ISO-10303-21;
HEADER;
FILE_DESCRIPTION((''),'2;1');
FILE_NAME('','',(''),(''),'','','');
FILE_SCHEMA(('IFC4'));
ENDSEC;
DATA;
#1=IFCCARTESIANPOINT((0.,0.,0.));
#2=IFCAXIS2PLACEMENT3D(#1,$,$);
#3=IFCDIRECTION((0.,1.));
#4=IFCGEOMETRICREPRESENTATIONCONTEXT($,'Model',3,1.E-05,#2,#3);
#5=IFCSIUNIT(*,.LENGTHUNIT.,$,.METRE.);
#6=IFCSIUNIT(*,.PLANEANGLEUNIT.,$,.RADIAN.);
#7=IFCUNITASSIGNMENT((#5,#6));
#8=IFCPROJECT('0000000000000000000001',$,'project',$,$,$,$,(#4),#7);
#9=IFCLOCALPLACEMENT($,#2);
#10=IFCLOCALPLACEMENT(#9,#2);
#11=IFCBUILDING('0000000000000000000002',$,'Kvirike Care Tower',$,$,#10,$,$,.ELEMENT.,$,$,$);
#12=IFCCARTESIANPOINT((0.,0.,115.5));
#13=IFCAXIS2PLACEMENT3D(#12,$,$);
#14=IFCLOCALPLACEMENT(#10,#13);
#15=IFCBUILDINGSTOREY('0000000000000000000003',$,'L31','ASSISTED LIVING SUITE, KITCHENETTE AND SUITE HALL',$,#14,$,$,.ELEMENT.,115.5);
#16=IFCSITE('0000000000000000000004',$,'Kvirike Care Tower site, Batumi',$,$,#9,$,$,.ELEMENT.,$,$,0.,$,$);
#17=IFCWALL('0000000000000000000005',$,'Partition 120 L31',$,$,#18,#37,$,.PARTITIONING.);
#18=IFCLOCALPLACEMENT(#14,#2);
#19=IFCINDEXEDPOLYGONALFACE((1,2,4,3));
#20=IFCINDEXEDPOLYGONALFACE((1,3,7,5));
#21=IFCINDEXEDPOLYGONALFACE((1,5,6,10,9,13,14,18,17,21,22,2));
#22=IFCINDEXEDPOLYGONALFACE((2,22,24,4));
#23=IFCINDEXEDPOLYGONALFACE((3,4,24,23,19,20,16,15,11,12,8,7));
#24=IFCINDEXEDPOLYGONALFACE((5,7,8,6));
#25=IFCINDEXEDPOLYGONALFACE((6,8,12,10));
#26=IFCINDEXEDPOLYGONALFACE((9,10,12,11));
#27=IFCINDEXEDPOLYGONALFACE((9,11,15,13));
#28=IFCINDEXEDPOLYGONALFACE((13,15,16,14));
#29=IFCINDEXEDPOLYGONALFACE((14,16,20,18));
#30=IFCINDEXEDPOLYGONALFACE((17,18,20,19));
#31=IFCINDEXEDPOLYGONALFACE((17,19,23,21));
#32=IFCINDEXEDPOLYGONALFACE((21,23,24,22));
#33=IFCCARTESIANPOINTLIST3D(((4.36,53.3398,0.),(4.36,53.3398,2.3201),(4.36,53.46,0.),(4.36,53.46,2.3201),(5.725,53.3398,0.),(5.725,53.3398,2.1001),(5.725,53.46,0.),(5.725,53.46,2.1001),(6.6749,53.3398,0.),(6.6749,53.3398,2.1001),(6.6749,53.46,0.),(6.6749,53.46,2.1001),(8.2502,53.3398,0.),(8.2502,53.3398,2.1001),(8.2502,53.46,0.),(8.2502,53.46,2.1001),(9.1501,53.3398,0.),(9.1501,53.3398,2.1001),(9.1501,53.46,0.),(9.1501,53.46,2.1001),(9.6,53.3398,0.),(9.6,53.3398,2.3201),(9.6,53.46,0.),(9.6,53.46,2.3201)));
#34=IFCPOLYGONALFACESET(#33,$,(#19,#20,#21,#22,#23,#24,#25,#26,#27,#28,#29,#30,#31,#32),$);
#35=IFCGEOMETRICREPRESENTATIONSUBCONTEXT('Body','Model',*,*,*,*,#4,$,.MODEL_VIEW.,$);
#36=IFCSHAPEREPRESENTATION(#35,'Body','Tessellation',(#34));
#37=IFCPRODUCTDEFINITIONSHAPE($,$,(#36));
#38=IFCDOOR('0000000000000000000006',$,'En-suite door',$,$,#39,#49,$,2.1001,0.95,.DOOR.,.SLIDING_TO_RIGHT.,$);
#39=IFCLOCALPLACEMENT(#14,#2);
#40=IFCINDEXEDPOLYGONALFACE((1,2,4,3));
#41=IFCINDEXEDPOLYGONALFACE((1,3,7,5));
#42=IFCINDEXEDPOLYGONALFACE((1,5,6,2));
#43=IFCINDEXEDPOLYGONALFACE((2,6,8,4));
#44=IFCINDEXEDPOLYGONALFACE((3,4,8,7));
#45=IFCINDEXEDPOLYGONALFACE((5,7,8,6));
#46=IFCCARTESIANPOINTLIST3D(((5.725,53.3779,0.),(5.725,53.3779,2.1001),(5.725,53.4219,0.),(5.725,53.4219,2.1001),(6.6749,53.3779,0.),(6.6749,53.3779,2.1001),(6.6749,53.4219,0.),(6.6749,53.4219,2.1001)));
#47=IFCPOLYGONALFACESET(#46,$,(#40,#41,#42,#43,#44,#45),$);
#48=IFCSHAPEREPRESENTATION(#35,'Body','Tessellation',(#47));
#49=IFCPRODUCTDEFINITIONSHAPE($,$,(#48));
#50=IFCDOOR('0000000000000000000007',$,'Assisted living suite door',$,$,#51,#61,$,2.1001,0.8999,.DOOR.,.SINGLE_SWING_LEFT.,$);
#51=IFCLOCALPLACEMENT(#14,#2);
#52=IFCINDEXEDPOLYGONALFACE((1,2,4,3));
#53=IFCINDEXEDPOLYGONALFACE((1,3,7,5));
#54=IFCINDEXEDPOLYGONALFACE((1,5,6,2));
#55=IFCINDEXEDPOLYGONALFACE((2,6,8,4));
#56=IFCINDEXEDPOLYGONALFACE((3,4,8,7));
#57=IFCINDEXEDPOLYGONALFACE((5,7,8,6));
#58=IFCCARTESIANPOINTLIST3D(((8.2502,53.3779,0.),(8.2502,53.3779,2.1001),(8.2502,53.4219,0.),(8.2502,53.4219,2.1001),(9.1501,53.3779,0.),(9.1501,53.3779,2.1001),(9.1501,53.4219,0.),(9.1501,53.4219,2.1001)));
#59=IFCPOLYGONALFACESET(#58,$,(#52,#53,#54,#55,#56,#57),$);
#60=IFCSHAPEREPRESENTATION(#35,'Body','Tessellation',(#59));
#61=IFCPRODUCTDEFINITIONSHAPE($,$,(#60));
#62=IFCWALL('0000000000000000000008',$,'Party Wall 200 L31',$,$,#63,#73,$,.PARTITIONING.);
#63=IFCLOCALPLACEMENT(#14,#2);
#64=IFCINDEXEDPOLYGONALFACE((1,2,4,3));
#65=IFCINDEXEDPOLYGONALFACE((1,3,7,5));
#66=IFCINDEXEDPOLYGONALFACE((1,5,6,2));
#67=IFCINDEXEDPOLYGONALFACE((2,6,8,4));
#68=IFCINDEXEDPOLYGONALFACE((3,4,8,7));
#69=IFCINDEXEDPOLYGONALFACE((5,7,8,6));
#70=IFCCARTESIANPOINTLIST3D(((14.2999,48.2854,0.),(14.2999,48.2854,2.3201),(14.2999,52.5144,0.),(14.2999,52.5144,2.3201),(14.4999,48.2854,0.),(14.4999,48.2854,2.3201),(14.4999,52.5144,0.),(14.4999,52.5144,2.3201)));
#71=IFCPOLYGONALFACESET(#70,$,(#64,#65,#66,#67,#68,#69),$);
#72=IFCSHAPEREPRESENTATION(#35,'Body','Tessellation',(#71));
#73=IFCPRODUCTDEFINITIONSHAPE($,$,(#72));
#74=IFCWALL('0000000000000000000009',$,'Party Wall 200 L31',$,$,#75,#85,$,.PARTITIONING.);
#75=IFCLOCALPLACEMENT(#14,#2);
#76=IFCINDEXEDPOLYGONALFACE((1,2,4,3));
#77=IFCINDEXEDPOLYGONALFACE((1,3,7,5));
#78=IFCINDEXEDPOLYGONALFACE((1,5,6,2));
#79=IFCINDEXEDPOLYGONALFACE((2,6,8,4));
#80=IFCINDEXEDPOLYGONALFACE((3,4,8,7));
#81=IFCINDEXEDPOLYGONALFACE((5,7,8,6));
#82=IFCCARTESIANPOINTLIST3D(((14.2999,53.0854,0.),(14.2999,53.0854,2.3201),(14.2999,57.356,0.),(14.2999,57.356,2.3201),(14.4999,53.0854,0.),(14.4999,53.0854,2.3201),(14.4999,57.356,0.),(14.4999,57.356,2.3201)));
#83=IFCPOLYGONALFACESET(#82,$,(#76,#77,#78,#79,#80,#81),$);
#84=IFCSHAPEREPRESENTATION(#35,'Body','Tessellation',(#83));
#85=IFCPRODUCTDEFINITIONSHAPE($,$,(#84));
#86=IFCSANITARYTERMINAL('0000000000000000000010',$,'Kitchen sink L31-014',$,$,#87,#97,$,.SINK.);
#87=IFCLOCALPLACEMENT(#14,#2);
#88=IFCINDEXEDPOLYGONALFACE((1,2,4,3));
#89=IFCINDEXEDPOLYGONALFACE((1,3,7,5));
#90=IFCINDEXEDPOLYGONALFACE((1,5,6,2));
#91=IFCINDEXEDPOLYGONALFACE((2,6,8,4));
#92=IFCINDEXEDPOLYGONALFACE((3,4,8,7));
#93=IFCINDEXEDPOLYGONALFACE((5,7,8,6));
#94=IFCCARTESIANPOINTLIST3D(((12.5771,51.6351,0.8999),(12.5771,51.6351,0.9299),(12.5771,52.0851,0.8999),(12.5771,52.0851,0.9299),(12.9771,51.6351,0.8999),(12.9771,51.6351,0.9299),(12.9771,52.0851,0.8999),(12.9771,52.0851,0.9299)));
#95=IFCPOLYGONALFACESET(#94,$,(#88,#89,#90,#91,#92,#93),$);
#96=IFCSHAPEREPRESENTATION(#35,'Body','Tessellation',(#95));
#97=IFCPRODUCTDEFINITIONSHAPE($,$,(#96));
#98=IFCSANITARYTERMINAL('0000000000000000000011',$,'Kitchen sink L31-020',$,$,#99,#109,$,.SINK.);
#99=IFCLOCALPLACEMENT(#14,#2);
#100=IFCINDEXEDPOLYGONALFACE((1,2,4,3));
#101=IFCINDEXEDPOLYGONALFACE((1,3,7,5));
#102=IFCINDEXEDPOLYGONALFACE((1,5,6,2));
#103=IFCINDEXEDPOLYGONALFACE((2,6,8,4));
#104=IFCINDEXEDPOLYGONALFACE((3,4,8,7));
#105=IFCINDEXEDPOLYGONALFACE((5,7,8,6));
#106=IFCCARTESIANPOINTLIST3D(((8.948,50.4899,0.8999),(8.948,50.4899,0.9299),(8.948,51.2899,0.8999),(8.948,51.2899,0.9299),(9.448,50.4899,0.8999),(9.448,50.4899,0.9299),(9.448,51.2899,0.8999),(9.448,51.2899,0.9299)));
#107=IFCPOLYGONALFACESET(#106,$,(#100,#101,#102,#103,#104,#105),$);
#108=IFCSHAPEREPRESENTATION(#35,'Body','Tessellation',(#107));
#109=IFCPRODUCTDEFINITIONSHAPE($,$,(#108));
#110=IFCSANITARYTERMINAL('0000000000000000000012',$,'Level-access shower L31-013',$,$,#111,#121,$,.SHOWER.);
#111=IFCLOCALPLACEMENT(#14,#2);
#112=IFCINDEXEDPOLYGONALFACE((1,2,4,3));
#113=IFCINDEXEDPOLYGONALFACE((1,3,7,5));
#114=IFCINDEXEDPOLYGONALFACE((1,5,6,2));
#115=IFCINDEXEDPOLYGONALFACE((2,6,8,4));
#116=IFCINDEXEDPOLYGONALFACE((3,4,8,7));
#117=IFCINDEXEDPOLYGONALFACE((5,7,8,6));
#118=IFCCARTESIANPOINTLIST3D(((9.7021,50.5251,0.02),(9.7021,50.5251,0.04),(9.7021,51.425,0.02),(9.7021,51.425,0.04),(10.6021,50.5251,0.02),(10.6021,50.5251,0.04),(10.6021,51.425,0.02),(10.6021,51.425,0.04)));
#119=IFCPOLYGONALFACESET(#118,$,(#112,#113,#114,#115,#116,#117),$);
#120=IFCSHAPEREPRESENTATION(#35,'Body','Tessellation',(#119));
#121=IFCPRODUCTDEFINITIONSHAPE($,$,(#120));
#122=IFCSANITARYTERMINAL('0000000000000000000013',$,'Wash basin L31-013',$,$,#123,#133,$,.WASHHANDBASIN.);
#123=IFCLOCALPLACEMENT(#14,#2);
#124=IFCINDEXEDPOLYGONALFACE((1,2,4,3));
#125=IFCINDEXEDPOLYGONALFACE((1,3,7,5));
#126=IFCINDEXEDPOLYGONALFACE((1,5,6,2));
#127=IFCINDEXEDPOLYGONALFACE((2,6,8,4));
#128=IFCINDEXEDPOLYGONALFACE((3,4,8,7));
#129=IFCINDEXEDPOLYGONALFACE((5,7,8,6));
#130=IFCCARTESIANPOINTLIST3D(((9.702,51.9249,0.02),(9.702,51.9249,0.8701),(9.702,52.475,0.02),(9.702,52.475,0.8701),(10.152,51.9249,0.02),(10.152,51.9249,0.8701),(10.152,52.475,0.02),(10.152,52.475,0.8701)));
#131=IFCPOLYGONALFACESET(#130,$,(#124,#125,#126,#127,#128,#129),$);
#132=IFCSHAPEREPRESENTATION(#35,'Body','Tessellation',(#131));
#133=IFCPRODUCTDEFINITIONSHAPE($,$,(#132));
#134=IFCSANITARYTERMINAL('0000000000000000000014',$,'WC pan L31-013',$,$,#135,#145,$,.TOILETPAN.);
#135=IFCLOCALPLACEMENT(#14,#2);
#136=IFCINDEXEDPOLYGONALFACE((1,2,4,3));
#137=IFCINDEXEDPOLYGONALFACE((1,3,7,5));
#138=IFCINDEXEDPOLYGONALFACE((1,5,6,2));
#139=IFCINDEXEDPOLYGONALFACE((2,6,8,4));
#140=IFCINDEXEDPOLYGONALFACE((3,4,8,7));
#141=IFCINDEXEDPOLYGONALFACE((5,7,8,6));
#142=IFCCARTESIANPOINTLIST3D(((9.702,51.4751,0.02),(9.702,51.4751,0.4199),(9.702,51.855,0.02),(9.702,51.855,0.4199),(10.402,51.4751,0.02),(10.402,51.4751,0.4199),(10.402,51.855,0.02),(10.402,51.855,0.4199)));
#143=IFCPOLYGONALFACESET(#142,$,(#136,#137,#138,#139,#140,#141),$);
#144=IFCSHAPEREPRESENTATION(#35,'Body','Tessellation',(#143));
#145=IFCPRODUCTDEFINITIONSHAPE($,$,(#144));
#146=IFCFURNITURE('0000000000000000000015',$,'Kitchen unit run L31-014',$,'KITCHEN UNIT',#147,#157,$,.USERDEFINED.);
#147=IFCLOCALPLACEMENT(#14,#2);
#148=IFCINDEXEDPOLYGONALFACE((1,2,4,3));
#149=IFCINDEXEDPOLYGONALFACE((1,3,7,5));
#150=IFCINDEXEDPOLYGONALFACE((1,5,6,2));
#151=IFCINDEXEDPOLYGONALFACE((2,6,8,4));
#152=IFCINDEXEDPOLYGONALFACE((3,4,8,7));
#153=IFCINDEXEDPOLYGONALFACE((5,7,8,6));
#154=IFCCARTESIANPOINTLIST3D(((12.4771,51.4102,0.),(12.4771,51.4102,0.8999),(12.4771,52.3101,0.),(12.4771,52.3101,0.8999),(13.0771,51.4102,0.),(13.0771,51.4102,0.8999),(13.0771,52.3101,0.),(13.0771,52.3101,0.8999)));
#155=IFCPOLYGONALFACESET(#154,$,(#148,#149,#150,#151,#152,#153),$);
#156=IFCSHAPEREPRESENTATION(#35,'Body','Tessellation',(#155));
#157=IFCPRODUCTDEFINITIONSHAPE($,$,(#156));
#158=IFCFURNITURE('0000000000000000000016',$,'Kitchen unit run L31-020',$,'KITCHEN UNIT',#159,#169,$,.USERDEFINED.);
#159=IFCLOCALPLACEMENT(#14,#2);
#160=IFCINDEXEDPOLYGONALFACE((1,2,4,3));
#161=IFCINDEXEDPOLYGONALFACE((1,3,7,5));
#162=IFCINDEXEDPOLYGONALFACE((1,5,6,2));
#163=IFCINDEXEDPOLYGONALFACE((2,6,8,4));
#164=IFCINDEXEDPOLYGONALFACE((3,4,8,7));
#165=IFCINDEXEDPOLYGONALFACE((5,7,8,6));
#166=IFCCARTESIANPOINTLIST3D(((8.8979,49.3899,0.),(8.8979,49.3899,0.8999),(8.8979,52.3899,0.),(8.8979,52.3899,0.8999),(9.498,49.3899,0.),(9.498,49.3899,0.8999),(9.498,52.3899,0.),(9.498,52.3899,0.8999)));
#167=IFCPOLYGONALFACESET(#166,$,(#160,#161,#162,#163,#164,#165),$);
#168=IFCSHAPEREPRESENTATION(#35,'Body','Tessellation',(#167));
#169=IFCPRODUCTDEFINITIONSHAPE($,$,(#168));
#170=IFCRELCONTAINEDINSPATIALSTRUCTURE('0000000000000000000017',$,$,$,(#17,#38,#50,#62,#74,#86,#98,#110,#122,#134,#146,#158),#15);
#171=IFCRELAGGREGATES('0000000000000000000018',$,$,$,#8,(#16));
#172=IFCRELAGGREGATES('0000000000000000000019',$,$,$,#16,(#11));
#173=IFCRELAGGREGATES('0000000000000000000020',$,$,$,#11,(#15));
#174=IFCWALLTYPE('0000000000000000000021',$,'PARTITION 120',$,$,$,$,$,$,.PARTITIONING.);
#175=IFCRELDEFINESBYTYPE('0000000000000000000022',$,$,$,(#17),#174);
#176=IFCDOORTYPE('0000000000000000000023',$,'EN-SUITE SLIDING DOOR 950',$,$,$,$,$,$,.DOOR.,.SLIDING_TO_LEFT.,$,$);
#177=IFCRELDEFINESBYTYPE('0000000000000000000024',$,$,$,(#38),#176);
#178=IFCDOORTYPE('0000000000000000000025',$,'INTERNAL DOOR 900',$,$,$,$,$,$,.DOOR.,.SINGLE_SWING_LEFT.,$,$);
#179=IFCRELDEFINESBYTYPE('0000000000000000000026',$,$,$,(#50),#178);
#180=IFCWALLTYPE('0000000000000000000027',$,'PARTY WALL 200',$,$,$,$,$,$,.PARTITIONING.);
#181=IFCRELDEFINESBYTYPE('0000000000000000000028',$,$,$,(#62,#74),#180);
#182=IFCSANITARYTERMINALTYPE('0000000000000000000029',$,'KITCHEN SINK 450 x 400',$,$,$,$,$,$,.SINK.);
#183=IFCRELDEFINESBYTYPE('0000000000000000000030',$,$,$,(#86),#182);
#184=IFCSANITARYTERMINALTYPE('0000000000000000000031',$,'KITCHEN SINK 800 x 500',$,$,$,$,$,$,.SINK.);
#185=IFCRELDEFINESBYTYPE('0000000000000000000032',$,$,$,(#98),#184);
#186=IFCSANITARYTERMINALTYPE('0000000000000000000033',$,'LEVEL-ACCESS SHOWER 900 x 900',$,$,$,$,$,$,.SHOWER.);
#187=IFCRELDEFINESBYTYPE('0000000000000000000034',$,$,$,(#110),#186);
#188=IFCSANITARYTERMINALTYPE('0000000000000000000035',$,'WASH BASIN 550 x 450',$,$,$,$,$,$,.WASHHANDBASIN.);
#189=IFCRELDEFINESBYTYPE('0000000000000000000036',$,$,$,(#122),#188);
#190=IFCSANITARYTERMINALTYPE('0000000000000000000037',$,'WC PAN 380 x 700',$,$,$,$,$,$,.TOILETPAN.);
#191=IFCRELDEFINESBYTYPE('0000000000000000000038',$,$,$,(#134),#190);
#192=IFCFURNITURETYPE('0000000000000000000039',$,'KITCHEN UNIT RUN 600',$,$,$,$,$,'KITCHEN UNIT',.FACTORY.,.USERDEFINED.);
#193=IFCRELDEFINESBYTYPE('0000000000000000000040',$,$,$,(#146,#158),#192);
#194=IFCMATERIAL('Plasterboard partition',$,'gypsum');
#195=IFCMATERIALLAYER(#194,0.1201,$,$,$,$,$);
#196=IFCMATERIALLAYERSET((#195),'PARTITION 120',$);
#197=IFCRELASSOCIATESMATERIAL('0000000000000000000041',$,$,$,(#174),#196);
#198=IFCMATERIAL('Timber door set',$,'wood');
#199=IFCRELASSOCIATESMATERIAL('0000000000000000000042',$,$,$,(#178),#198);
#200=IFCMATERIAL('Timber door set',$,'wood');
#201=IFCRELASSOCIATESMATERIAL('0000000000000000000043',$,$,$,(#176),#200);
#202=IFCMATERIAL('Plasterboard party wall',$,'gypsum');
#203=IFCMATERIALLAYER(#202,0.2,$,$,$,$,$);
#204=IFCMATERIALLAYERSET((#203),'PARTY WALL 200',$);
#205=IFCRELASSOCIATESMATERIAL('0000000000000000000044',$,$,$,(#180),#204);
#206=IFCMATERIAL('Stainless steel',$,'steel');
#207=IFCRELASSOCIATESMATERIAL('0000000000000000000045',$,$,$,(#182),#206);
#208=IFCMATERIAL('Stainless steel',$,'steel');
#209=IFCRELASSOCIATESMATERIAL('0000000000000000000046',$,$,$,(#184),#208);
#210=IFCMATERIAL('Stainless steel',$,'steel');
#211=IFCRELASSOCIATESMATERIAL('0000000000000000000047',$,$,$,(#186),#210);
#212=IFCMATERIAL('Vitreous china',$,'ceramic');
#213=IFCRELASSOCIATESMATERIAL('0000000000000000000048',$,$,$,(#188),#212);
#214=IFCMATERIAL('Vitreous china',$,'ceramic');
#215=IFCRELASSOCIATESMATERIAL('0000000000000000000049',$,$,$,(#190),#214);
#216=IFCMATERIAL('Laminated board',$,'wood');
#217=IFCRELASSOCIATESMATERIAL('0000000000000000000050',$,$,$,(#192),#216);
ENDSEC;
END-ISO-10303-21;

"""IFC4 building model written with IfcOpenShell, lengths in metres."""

from ifc_helpers import new_model, si_unit, direction, frame, frame_2d, origin, origin_2d, place, context, subcontext, project, spatial, rectangle, extrude, material, layer, layer_set, type_object, element, fill, save


model = new_model("IFC4")

# Units and contexts
model_context = context("Model", 3, precision=1e-05, world=origin(), true_north=direction((0.0, 1.0)))
body_context = subcontext(model_context, "Body", "Model", "MODEL_VIEW")
ifc_project = project(units=[si_unit("LENGTHUNIT", "METRE"), si_unit("PLANEANGLEUNIT", "RADIAN")], contexts=[model_context])

# Site, building, storey
site_placement = place(None, origin())
site = spatial("IfcSite", under=ifc_project, at=site_placement, Name="Kvirike Care Tower site, Batumi", CompositionType="ELEMENT", RefElevation=0.0)
building_placement = place(site_placement, origin())
building = spatial("IfcBuilding", under=site, at=building_placement, Name="Kvirike Care Tower", CompositionType="ELEMENT")
storey_placement = place(building_placement, frame((0.0, 0.0, 115.5)))
storey = spatial("IfcBuildingStorey", under=building, at=storey_placement, Name="L31", Description="ASSISTED LIVING SUITE, KITCHENETTE AND SUITE HALL", CompositionType="ELEMENT", Elevation=115.5)

# Shared definitions
ifc_material_1 = material(Name="Plasterboard partition", Category="gypsum")
ifc_layer_1 = layer(ifc_material_1, 0.1201)
ifc_layer_set_1 = layer_set([ifc_layer_1], Name="PARTITION 120")
wall_type_1 = type_object("IfcWallType", Name="PARTITION 120", PredefinedType="PARTITIONING", material=ifc_layer_set_1)
ifc_material_2 = material(Name="Timber door set", Category="wood")
door_type_1 = type_object("IfcDoorType", Name="INTERNAL DOOR 900", OperationType="SINGLE_SWING_LEFT", PredefinedType="DOOR", material=ifc_material_2)

# Wall, openings, doors
wall_1_placement = place(storey_placement, frame((9.6001, 53.3999, 0.0), z_axis=(0.0, 0.0, 1.0), x_axis=(-1.0, 0.0, 0.0)))
wall_1 = element("IfcWall", 1, at=wall_1_placement, inside=storey, type_object=wall_type_1, Name="Partition 120 L31", PredefinedType="PARTITIONING", context=body_context, shape_type="SweptSolid", body=[
    extrude(rectangle(XDim=5.24, YDim=0.1201, at=frame_2d((2.6201, 0.0))), origin(), (0.0, 0.0, 1.0), 2.3201),
])
opening_1_placement = place(wall_1_placement, frame((0.45, 0.0, 0.0)))
opening_1 = element("IfcOpeningElement", 2, at=opening_1_placement, cuts=wall_1, PredefinedType="OPENING", context=body_context, shape_type="SweptSolid", body=[
    extrude(rectangle(XDim=0.8999, YDim=2.1001, at=frame_2d((0.45, 1.05))), frame((0.0, 0.0706, 0.0), z_axis=(0.0, -1.0, 0.0), x_axis=(1.0, 0.0, 0.0)), (0.0, 0.0, 1.0), 0.1411),
])
opening_2_placement = place(wall_1_placement, frame((2.925, 0.0, 0.0)))
opening_2 = element("IfcOpeningElement", 3, at=opening_2_placement, cuts=wall_1, PredefinedType="OPENING", context=body_context, shape_type="SweptSolid", body=[
    extrude(rectangle(XDim=0.95, YDim=2.1001, at=frame_2d((0.4751, 1.05))), frame((0.0, 0.0706, 0.0), z_axis=(0.0, -1.0, 0.0), x_axis=(1.0, 0.0, 0.0)), (0.0, 0.0, 1.0), 0.1411),
])
ifc_material_3 = material(Name="Timber door set", Category="wood")
door_type_2 = type_object("IfcDoorType", Name="EN-SUITE SLIDING DOOR 950", OperationType="SLIDING_TO_LEFT", PredefinedType="DOOR", material=ifc_material_3)
door_1_placement = place(opening_2_placement, origin())
door_1 = element("IfcDoor", 4, at=door_1_placement, inside=storey, type_object=door_type_2, Name="En-suite door", OperationType="SLIDING_TO_RIGHT", OverallHeight=2.1001, OverallWidth=0.95, PredefinedType="DOOR", context=body_context, shape_type="SweptSolid", body=[
    extrude(rectangle(XDim=0.95, YDim=2.1001, at=frame_2d((0.4751, 1.05))), frame((0.0, 0.022, 0.0), z_axis=(0.0, -1.0, 0.0), x_axis=(1.0, 0.0, 0.0)), (0.0, 0.0, 1.0), 0.0439),
])
fill(opening_2, door_1)
door_2_placement = place(opening_1_placement, frame((0.8999, 0.0, 0.0), z_axis=(0.0, 0.0, 1.0), x_axis=(-1.0, 0.0, 0.0)))
door_2 = element("IfcDoor", 5, at=door_2_placement, inside=storey, type_object=door_type_1, Name="Assisted living suite door", OperationType="SINGLE_SWING_LEFT", OverallHeight=2.1001, OverallWidth=0.8999, PredefinedType="DOOR", context=body_context, shape_type="SweptSolid", body=[
    extrude(rectangle(XDim=0.8999, YDim=2.1001, at=frame_2d((0.45, 1.05))), frame((0.0, 0.022, 0.0), z_axis=(0.0, -1.0, 0.0), x_axis=(1.0, 0.0, 0.0)), (0.0, 0.0, 1.0), 0.0439),
])
fill(opening_1, door_2)

# Walls
ifc_material_4 = material(Name="Plasterboard party wall", Category="gypsum")
ifc_layer_2 = layer(ifc_material_4, 0.2)
ifc_layer_set_2 = layer_set([ifc_layer_2], Name="PARTY WALL 200")
wall_type_2 = type_object("IfcWallType", Name="PARTY WALL 200", PredefinedType="PARTITIONING", material=ifc_layer_set_2)
wall_2_placement = place(storey_placement, frame((14.3999, 48.2854, 0.0), z_axis=(0.0, 0.0, 1.0), x_axis=(0.0, 1.0, 0.0)))
element("IfcWall", 6, at=wall_2_placement, inside=storey, type_object=wall_type_2, Name="Party Wall 200 L31", PredefinedType="PARTITIONING", context=body_context, shape_type="SweptSolid", body=[
    extrude(rectangle(XDim=4.229, YDim=0.2, at=frame_2d((2.1145, 0.0))), origin(), (0.0, 0.0, 1.0), 2.3201),
])
wall_3_placement = place(storey_placement, frame((14.3999, 53.0854, 0.0), z_axis=(0.0, 0.0, 1.0), x_axis=(0.0, 1.0, 0.0)))
element("IfcWall", 7, at=wall_3_placement, inside=storey, type_object=wall_type_2, Name="Party Wall 200 L31", PredefinedType="PARTITIONING", context=body_context, shape_type="SweptSolid", body=[
    extrude(rectangle(XDim=4.2705, YDim=0.2, at=frame_2d((2.1353, 0.0))), origin(), (0.0, 0.0, 1.0), 2.3201),
])

# Sanitary terminals
ifc_material_5 = material(Name="Stainless steel", Category="steel")
sanitary_terminal_type_1 = type_object("IfcSanitaryTerminalType", Name="KITCHEN SINK 450 x 400", PredefinedType="SINK", material=ifc_material_5)
sanitary_terminal_1_placement = place(storey_placement, frame((12.7771, 51.8601, 0.8999), z_axis=(0.0, 0.0, 1.0), x_axis=(0.0, 1.0, 0.0)))
element("IfcSanitaryTerminal", 8, at=sanitary_terminal_1_placement, inside=storey, type_object=sanitary_terminal_type_1, Name="Kitchen sink L31-014", PredefinedType="SINK", context=body_context, shape_type="SweptSolid", body=[
    extrude(rectangle(XDim=0.45, YDim=0.3999, at=origin_2d()), origin(), (0.0, 0.0, 1.0), 0.03),
])
ifc_material_6 = material(Name="Stainless steel", Category="steel")
sanitary_terminal_type_2 = type_object("IfcSanitaryTerminalType", Name="KITCHEN SINK 800 x 500", PredefinedType="SINK", material=ifc_material_6)
sanitary_terminal_2_placement = place(storey_placement, frame((9.198, 50.8899, 0.8999), z_axis=(0.0, 0.0, 1.0), x_axis=(0.0, -1.0, 0.0)))
element("IfcSanitaryTerminal", 9, at=sanitary_terminal_2_placement, inside=storey, type_object=sanitary_terminal_type_2, Name="Kitchen sink L31-020", PredefinedType="SINK", context=body_context, shape_type="SweptSolid", body=[
    extrude(rectangle(XDim=0.8, YDim=0.5, at=origin_2d()), origin(), (0.0, 0.0, 1.0), 0.03),
])
ifc_material_7 = material(Name="Stainless steel", Category="steel")
sanitary_terminal_type_3 = type_object("IfcSanitaryTerminalType", Name="LEVEL-ACCESS SHOWER 900 x 900", PredefinedType="SHOWER", material=ifc_material_7)
sanitary_terminal_3_placement = place(storey_placement, frame((10.1521, 50.9751, 0.02), z_axis=(0.0, 0.0, 1.0), x_axis=(0.0, 1.0, 0.0)))
element("IfcSanitaryTerminal", 10, at=sanitary_terminal_3_placement, inside=storey, type_object=sanitary_terminal_type_3, Name="Level-access shower L31-013", PredefinedType="SHOWER", context=body_context, shape_type="SweptSolid", body=[
    extrude(rectangle(XDim=0.8999, YDim=0.8999, at=origin_2d()), origin(), (0.0, 0.0, 1.0), 0.02),
])
ifc_material_8 = material(Name="Vitreous china", Category="ceramic")
sanitary_terminal_type_4 = type_object("IfcSanitaryTerminalType", Name="WASH BASIN 550 x 450", PredefinedType="WASHHANDBASIN", material=ifc_material_8)
sanitary_terminal_4_placement = place(storey_placement, frame((9.927, 52.2, 0.02), z_axis=(0.0, 0.0, 1.0), x_axis=(0.0, 1.0, 0.0)))
element("IfcSanitaryTerminal", 11, at=sanitary_terminal_4_placement, inside=storey, type_object=sanitary_terminal_type_4, Name="Wash basin L31-013", PredefinedType="WASHHANDBASIN", context=body_context, shape_type="SweptSolid", body=[
    extrude(rectangle(XDim=0.55, YDim=0.45, at=origin_2d()), origin(), (0.0, 0.0, 1.0), 0.8501),
])
ifc_material_9 = material(Name="Vitreous china", Category="ceramic")
sanitary_terminal_type_5 = type_object("IfcSanitaryTerminalType", Name="WC PAN 380 x 700", PredefinedType="TOILETPAN", material=ifc_material_9)
sanitary_terminal_5_placement = place(storey_placement, frame((10.052, 51.665, 0.02), z_axis=(0.0, 0.0, 1.0), x_axis=(0.0, 1.0, 0.0)))
element("IfcSanitaryTerminal", 12, at=sanitary_terminal_5_placement, inside=storey, type_object=sanitary_terminal_type_5, Name="WC pan L31-013", PredefinedType="TOILETPAN", context=body_context, shape_type="SweptSolid", body=[
    extrude(rectangle(XDim=0.3799, YDim=0.7, at=origin_2d()), origin(), (0.0, 0.0, 1.0), 0.3999),
])

# Furniture
ifc_material_10 = material(Name="Laminated board", Category="wood")
furniture_type = type_object("IfcFurnitureType", Name="KITCHEN UNIT RUN 600", ElementType="KITCHEN UNIT", AssemblyPlace="FACTORY", PredefinedType="USERDEFINED", material=ifc_material_10)
furniture_1_placement = place(storey_placement, frame((12.7771, 51.8601, 0.0), z_axis=(0.0, 0.0, 1.0), x_axis=(0.0, 1.0, 0.0)))
element("IfcFurniture", 13, at=furniture_1_placement, inside=storey, type_object=furniture_type, Name="Kitchen unit run L31-014", ObjectType="KITCHEN UNIT", PredefinedType="USERDEFINED", context=body_context, shape_type="SweptSolid", body=[
    extrude(rectangle(XDim=0.8999, YDim=0.6001, at=origin_2d()), origin(), (0.0, 0.0, 1.0), 0.8999),
])
furniture_2_placement = place(storey_placement, frame((9.198, 50.8899, 0.0), z_axis=(0.0, 0.0, 1.0), x_axis=(0.0, -1.0, 0.0)))
element("IfcFurniture", 14, at=furniture_2_placement, inside=storey, type_object=furniture_type, Name="Kitchen unit run L31-020", ObjectType="KITCHEN UNIT", PredefinedType="USERDEFINED", context=body_context, shape_type="SweptSolid", body=[
    extrude(rectangle(XDim=3.0, YDim=0.6001, at=origin_2d()), origin(), (0.0, 0.0, 1.0), 0.8999),
])

save(model, "model.ifc")
